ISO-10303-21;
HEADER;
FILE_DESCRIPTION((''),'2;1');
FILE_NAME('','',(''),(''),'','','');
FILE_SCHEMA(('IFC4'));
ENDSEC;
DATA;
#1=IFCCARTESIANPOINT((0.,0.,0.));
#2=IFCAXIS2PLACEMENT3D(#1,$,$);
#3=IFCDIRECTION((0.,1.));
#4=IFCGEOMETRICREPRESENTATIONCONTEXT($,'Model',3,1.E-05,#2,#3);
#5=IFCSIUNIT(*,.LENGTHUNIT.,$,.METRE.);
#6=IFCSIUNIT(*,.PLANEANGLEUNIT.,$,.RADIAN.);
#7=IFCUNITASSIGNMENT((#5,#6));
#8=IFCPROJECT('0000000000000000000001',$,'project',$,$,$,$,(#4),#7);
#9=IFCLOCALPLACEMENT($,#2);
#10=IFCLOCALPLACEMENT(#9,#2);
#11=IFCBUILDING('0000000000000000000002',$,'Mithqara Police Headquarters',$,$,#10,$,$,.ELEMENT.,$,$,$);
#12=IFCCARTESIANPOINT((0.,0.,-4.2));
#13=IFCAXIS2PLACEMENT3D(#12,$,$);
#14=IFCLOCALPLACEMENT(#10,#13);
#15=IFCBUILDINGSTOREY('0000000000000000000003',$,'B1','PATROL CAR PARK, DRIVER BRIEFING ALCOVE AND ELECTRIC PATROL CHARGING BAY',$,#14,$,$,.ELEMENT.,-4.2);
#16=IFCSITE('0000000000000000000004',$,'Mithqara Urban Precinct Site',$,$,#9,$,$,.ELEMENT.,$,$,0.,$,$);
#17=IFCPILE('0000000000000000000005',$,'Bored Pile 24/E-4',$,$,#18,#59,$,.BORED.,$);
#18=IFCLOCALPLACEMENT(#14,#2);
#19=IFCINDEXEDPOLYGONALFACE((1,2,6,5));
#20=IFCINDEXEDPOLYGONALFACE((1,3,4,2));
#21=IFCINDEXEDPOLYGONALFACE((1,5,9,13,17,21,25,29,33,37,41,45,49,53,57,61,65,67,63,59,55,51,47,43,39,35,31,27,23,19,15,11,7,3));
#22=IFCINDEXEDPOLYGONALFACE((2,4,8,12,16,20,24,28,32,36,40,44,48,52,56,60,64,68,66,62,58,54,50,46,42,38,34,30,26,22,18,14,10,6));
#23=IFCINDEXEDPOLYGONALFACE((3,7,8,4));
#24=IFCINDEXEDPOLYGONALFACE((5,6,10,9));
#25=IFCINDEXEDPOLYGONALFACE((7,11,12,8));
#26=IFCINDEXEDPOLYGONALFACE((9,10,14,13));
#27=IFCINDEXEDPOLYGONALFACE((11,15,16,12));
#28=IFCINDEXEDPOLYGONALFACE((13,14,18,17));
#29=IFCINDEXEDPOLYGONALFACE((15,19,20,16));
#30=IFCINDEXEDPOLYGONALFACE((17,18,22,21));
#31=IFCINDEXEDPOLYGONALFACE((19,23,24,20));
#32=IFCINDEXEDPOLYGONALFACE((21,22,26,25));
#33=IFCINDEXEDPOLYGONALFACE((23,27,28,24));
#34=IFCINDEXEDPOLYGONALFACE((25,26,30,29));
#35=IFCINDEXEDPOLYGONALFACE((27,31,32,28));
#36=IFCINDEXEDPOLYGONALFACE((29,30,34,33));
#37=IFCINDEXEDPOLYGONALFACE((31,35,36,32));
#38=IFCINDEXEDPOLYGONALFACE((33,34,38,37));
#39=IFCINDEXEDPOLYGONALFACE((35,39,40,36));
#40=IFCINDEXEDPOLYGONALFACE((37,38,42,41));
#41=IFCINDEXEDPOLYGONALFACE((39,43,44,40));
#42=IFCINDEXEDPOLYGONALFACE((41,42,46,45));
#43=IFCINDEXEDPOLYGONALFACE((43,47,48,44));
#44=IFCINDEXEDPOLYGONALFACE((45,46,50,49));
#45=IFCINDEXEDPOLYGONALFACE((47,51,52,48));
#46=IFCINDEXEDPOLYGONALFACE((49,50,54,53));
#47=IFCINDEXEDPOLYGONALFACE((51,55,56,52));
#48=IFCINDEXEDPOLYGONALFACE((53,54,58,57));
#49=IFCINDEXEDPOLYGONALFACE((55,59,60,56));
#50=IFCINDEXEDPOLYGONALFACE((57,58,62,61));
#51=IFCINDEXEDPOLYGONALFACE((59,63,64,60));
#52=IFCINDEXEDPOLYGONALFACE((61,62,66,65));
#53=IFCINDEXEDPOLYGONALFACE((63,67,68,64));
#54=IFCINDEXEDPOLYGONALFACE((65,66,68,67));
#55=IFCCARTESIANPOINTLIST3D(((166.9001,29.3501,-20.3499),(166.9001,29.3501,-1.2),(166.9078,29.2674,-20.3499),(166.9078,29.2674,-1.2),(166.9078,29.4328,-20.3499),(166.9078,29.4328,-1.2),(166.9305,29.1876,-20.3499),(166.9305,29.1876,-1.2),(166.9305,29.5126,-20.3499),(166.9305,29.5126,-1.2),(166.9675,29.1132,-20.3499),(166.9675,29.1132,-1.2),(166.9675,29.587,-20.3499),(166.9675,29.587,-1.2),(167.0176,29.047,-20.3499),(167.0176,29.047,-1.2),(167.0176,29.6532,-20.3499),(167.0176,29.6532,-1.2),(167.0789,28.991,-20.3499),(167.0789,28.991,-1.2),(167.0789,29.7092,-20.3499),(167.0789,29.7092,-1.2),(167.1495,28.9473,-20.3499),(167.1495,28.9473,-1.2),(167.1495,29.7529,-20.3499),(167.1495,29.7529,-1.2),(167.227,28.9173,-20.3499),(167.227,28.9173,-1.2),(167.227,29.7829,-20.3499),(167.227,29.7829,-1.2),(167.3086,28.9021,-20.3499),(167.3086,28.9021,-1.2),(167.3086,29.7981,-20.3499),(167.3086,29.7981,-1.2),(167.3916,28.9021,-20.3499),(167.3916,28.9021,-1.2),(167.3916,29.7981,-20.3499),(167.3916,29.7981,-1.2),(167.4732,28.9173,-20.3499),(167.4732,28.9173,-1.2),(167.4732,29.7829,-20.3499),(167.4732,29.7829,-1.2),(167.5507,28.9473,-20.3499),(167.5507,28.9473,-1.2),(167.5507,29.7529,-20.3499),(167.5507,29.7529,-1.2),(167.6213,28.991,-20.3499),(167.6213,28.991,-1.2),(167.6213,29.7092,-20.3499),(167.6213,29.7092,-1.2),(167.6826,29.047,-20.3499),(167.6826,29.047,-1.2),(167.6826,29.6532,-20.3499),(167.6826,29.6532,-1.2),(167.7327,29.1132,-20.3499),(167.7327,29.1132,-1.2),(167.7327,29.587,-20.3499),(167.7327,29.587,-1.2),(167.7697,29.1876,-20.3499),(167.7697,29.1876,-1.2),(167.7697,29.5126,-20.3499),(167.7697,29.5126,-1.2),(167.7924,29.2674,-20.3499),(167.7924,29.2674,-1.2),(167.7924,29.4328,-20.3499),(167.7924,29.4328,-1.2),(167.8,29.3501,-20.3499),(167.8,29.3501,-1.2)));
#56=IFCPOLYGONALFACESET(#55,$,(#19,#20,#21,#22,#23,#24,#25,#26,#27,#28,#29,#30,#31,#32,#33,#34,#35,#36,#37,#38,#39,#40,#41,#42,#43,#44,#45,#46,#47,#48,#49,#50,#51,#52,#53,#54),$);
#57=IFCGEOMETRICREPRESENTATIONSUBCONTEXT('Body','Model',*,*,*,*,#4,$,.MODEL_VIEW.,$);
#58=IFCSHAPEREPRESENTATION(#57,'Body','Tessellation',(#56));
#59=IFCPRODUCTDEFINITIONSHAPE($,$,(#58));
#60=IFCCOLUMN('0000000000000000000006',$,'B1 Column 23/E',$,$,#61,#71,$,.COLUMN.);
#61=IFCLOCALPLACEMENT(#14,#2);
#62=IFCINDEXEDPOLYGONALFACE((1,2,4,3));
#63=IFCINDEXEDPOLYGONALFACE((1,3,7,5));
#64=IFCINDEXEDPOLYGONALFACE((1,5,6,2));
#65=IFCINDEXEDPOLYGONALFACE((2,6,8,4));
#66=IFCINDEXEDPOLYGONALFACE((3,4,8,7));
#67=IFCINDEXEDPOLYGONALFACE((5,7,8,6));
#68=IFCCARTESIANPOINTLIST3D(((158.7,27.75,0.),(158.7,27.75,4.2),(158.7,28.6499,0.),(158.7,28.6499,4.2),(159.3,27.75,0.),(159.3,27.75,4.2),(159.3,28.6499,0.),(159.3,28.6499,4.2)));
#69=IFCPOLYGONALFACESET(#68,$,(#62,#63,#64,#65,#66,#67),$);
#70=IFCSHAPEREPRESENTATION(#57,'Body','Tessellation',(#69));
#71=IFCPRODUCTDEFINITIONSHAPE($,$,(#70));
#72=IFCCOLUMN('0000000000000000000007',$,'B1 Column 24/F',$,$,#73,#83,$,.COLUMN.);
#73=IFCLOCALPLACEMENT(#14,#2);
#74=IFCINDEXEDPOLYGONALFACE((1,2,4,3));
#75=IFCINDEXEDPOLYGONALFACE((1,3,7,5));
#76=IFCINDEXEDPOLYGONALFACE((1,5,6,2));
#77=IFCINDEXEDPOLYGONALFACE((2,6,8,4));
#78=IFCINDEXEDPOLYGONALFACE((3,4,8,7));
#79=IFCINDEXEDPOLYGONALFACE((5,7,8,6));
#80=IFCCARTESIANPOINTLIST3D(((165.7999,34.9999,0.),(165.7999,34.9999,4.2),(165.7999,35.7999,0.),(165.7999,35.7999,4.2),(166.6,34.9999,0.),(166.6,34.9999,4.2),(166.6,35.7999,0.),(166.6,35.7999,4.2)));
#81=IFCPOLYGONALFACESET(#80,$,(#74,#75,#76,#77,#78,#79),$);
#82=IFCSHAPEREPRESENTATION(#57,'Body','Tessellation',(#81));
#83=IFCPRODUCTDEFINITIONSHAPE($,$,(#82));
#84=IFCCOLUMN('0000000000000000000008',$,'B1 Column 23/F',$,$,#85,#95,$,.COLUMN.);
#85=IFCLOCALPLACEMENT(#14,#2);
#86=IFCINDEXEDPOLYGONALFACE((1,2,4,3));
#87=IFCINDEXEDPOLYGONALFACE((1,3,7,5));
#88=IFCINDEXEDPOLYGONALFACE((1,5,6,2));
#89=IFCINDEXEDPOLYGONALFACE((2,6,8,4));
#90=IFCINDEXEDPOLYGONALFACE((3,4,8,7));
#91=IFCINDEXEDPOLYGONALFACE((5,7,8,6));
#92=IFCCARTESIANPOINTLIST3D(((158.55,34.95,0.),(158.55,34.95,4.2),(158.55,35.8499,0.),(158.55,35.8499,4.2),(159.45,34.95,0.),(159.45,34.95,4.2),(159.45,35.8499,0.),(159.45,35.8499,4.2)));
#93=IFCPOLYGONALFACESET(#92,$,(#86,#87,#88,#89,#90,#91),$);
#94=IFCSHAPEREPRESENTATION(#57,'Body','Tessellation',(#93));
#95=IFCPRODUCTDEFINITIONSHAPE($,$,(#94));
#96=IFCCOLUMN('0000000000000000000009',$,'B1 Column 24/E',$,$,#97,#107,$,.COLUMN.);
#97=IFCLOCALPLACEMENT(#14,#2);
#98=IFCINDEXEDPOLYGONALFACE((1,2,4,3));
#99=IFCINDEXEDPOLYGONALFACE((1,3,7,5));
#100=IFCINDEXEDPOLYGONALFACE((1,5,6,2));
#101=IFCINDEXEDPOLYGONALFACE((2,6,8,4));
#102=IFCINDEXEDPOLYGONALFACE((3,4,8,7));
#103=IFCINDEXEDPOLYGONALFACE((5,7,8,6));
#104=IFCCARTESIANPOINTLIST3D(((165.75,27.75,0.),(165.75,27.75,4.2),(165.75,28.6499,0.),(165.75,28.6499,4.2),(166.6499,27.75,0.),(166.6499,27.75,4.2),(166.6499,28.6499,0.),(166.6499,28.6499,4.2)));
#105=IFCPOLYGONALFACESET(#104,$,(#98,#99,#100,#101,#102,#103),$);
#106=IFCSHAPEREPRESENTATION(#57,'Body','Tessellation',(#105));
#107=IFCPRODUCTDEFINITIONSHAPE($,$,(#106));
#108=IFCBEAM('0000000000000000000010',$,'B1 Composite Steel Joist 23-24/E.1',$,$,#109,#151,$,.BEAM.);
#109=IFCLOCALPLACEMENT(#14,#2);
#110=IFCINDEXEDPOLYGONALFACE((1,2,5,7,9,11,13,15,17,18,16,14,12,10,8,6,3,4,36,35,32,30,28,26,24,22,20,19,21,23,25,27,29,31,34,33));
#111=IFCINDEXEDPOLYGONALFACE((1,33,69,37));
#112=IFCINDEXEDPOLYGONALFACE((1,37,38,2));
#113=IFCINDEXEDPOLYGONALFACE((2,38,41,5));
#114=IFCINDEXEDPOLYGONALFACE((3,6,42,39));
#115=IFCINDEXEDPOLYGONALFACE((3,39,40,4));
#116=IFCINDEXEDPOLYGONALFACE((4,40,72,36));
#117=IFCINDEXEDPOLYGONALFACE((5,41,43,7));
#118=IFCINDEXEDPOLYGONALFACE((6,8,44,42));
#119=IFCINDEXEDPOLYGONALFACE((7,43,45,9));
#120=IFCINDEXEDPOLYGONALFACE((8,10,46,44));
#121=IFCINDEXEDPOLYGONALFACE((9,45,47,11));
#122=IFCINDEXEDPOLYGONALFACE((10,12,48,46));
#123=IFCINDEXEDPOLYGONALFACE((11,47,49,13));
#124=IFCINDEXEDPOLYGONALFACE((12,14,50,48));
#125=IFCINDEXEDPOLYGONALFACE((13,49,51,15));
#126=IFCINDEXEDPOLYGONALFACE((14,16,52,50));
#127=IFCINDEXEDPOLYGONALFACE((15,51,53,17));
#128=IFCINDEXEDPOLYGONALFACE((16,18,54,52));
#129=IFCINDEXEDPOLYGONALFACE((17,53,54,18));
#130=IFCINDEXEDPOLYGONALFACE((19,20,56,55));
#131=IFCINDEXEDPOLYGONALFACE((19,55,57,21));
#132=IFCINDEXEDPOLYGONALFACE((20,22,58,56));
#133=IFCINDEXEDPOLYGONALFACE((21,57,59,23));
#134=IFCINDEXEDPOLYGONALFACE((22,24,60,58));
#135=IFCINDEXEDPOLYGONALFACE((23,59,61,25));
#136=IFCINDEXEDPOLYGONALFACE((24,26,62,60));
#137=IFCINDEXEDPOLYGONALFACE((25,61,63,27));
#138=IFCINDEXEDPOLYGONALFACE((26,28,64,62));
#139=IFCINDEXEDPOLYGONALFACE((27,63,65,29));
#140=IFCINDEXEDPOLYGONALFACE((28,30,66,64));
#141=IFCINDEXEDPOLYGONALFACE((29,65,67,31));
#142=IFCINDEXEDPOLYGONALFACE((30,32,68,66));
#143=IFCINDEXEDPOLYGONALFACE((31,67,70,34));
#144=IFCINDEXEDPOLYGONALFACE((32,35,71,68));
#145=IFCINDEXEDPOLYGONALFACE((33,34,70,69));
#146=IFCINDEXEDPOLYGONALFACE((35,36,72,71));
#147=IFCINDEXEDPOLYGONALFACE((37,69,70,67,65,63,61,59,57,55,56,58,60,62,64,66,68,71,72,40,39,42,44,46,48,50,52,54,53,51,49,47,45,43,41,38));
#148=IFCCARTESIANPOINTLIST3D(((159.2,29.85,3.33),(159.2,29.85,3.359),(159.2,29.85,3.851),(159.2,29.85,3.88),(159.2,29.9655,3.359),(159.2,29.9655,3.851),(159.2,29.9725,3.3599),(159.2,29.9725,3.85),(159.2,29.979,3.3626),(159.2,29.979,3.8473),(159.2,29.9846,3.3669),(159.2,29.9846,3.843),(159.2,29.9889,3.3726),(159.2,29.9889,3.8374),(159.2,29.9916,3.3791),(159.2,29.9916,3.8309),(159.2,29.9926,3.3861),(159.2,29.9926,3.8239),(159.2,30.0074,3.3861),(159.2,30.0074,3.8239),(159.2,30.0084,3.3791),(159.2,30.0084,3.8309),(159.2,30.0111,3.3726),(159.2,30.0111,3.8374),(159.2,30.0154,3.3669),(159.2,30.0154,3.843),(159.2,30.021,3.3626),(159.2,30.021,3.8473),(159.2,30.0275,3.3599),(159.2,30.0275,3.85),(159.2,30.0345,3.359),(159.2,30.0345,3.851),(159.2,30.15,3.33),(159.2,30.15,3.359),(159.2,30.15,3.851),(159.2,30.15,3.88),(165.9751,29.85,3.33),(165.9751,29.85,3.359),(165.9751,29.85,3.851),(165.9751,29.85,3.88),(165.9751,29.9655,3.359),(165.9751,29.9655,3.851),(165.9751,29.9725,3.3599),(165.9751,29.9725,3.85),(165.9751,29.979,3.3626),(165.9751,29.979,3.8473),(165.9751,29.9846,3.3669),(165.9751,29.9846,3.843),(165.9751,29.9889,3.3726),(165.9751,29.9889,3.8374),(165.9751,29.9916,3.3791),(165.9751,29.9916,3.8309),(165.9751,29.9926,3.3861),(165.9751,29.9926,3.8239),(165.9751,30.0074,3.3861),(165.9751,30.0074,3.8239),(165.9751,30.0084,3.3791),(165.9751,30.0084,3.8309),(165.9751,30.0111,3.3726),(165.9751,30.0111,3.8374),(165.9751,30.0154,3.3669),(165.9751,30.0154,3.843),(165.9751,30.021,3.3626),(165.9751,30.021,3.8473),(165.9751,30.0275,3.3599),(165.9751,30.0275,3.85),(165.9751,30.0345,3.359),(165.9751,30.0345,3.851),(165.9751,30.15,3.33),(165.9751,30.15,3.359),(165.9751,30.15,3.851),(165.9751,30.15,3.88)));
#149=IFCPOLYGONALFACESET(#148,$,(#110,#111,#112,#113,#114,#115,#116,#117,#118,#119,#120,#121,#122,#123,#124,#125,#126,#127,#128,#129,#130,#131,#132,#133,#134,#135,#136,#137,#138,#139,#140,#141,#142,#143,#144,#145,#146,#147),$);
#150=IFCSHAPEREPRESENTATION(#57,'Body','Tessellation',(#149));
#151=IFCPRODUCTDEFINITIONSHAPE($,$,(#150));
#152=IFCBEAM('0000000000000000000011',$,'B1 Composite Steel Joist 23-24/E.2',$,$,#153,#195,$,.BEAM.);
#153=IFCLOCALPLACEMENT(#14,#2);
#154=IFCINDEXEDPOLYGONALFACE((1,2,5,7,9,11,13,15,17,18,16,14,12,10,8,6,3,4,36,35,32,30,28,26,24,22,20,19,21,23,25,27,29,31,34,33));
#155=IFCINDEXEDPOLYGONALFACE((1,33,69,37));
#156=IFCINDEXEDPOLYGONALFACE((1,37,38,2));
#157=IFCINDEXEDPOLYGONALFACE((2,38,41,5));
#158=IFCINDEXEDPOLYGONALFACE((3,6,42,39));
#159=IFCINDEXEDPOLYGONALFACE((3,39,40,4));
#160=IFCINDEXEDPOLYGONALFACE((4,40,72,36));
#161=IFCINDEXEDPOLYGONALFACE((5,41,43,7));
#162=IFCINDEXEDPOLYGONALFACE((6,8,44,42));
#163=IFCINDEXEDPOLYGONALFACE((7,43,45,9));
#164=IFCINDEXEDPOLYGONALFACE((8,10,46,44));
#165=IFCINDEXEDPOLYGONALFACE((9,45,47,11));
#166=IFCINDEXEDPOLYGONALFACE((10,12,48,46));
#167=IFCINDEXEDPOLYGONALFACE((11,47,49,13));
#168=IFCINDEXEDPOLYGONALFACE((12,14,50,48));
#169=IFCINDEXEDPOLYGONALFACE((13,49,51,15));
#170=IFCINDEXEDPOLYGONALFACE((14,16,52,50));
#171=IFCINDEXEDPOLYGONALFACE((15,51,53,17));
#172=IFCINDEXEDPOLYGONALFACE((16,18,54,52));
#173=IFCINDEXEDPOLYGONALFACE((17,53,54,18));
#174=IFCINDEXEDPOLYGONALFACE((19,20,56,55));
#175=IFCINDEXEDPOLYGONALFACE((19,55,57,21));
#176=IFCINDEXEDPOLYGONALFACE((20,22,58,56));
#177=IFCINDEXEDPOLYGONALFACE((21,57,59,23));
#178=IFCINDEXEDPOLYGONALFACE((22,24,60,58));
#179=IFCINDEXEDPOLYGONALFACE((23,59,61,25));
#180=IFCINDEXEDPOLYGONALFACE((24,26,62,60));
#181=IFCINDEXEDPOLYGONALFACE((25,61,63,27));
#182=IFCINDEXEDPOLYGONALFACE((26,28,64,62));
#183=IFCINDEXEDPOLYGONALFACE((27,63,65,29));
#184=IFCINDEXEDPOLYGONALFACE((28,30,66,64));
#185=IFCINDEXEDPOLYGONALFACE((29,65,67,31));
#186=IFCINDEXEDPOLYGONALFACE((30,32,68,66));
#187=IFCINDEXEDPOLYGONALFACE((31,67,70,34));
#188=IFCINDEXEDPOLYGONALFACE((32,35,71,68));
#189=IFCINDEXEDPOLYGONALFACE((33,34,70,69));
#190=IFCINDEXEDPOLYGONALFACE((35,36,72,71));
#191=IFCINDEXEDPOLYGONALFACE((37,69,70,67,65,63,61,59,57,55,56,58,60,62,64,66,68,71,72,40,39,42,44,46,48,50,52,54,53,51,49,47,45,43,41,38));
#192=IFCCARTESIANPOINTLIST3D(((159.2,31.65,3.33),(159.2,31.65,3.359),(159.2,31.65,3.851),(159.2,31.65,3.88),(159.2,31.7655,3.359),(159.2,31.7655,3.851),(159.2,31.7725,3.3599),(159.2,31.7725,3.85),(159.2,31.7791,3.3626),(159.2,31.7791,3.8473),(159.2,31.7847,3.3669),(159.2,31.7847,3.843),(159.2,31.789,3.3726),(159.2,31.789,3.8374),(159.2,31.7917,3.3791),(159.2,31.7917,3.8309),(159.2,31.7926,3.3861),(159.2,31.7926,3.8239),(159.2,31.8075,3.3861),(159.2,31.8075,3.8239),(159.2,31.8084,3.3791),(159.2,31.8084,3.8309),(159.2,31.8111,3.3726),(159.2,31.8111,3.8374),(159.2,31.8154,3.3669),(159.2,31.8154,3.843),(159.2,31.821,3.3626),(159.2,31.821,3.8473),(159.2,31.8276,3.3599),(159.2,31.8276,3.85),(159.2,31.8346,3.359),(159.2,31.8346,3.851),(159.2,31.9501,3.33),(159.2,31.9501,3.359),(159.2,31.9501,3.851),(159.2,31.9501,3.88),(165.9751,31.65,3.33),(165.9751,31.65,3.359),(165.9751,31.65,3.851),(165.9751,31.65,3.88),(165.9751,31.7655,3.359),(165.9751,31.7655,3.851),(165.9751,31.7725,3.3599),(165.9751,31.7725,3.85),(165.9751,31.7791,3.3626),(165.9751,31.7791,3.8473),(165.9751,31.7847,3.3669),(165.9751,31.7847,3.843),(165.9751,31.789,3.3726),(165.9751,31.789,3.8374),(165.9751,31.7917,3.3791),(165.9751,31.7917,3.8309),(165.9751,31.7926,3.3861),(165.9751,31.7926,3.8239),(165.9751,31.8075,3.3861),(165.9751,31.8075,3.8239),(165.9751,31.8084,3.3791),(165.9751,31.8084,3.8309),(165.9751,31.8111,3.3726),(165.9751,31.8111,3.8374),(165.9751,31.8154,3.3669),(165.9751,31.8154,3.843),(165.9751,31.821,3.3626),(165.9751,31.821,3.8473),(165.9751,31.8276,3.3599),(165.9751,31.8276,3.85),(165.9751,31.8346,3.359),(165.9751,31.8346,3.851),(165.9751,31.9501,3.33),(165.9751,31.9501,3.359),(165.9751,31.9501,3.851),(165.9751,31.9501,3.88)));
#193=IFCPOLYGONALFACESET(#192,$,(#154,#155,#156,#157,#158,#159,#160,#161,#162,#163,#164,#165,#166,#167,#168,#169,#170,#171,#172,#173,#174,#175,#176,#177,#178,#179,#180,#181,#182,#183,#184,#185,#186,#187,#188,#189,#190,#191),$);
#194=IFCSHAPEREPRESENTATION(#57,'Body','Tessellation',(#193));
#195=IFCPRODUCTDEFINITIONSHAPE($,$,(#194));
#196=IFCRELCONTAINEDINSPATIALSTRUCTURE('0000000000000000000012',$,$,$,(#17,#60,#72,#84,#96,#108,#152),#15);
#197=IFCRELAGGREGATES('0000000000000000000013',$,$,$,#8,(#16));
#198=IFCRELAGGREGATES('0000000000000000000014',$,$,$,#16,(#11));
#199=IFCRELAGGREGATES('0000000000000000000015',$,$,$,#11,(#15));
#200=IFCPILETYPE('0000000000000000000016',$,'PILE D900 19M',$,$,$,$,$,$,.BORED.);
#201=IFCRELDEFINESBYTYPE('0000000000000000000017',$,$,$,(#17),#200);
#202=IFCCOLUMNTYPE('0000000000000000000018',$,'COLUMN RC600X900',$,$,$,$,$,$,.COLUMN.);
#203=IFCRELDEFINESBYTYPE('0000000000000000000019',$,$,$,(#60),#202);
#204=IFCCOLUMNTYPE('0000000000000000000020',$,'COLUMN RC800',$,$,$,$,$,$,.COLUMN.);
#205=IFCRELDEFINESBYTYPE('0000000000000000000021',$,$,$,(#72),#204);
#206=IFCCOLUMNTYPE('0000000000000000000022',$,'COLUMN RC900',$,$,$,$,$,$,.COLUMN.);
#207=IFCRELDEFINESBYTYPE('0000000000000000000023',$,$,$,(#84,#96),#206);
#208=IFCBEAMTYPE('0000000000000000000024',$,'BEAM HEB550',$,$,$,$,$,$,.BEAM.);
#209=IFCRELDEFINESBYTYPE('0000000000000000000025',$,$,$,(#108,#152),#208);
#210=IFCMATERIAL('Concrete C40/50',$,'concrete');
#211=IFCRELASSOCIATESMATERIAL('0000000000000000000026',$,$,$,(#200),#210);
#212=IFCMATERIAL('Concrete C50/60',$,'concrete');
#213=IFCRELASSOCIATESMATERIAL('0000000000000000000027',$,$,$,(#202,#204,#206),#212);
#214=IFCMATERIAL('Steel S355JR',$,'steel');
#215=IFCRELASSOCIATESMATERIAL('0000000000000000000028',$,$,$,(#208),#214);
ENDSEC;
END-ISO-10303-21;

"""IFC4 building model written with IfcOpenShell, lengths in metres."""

from ifc_helpers import new_model, si_unit, direction, frame, origin, origin_2d, place, context, subcontext, project, spatial, rectangle, circle, i_section, extrude, material, material_profile, profile_set, type_object, element, save


model = new_model("IFC4")

# Units and contexts
model_context = context("Model", 3, precision=1e-05, world=origin(), true_north=direction((0.0, 1.0)))
body_context = subcontext(model_context, "Body", "Model", "MODEL_VIEW")
ifc_project = project(units=[si_unit("LENGTHUNIT", "METRE"), si_unit("PLANEANGLEUNIT", "RADIAN")], contexts=[model_context])

# Site, building, storey
site_placement = place(None, origin())
site = spatial("IfcSite", under=ifc_project, at=site_placement, Name="Mithqara Urban Precinct Site", CompositionType="ELEMENT", RefElevation=0.0)
building_placement = place(site_placement, origin())
building = spatial("IfcBuilding", under=site, at=building_placement, Name="Mithqara Police Headquarters", CompositionType="ELEMENT")
storey_placement = place(building_placement, frame((0.0, 0.0, -4.2)))
storey = spatial("IfcBuildingStorey", under=building, at=storey_placement, Name="B1", Description="PATROL CAR PARK, DRIVER BRIEFING ALCOVE AND ELECTRIC PATROL CHARGING BAY", CompositionType="ELEMENT", Elevation=-4.2)

# Shared definitions
ifc_material_1 = material(Name="Concrete C40/50", Category="concrete")

# Pile
ifc_material_profile_1 = material_profile(ifc_material_1, circle(Radius=0.45, at=origin_2d()), Name="PILE D900")
ifc_profile_set_1 = profile_set([ifc_material_profile_1], Name="Concrete C40/50")
pile_type_1 = type_object("IfcPileType", Name="PILE D900 19M", PredefinedType="BORED", material=ifc_profile_set_1)
for number, where, z_axis, x_axis, name in (
    (1, (167.3501, 29.3501, -1.2), (0.0, 0.0, -1.0), (1.0, 0.0, 0.0), "Bored Pile 24/E-4"),
):
    element("IfcPile", number, at=place(storey_placement, frame(where, z_axis=z_axis, x_axis=x_axis)), inside=storey, type_object=pile_type_1, Name=name, PredefinedType="BORED", context=body_context, shape_type="SweptSolid", body=[
        extrude(circle(Radius=0.45, at=origin_2d()), origin(), (0.0, 0.0, 1.0), 19.1499),
    ])

# Columns
ifc_material_2 = material(Name="Concrete C50/60", Category="concrete")
ifc_material_profile_2 = material_profile(ifc_material_2, rectangle(XDim=0.6001, YDim=0.8999, at=origin_2d()), Name="RC 600x900")
ifc_profile_set_2 = profile_set([ifc_material_profile_2], Name="Concrete C50/60")
column_type_1 = type_object("IfcColumnType", Name="COLUMN RC600X900", PredefinedType="COLUMN", material=ifc_profile_set_2)
column_1_placement = place(storey_placement, frame((159.0, 28.2, 0.0), z_axis=(0.0, 0.0, 1.0), x_axis=(1.0, 0.0, 0.0)))
element("IfcColumn", 2, at=column_1_placement, inside=storey, type_object=column_type_1, Name="B1 Column 23/E", PredefinedType="COLUMN", context=body_context, shape_type="SweptSolid", body=[
    extrude(rectangle(XDim=0.6001, YDim=0.8999, at=origin_2d()), origin(), (0.0, 0.0, 1.0), 4.2),
])
ifc_material_profile_3 = material_profile(ifc_material_2, rectangle(XDim=0.8, YDim=0.8, at=origin_2d()), Name="RC 800x800")
ifc_profile_set_3 = profile_set([ifc_material_profile_3], Name="Concrete C50/60")
column_type_2 = type_object("IfcColumnType", Name="COLUMN RC800", PredefinedType="COLUMN", material=ifc_profile_set_3)
column_2_placement = place(storey_placement, frame((166.2, 35.3999, 0.0), z_axis=(0.0, 0.0, 1.0), x_axis=(1.0, 0.0, 0.0)))
element("IfcColumn", 3, at=column_2_placement, inside=storey, type_object=column_type_2, Name="B1 Column 24/F", PredefinedType="COLUMN", context=body_context, shape_type="SweptSolid", body=[
    extrude(rectangle(XDim=0.8, YDim=0.8, at=origin_2d()), origin(), (0.0, 0.0, 1.0), 4.2),
])
ifc_material_profile_4 = material_profile(ifc_material_2, rectangle(XDim=0.8999, YDim=0.8999, at=origin_2d()), Name="RC 900x900")
ifc_profile_set_4 = profile_set([ifc_material_profile_4], Name="Concrete C50/60")
column_type_3 = type_object("IfcColumnType", Name="COLUMN RC900", PredefinedType="COLUMN", material=ifc_profile_set_4)
for number, where, z_axis, x_axis, name in (
    (4, (159.0, 35.3999, 0.0), (0.0, 0.0, 1.0), (1.0, 0.0, 0.0), "B1 Column 23/F"),
    (5, (166.2, 28.2, 0.0), (0.0, 0.0, 1.0), (1.0, 0.0, 0.0), "B1 Column 24/E"),
):
    element("IfcColumn", number, at=place(storey_placement, frame(where, z_axis=z_axis, x_axis=x_axis)), inside=storey, type_object=column_type_3, Name=name, PredefinedType="COLUMN", context=body_context, shape_type="SweptSolid", body=[
        extrude(rectangle(XDim=0.8999, YDim=0.8999, at=origin_2d()), origin(), (0.0, 0.0, 1.0), 4.2),
    ])

# Beams
ifc_material_3 = material(Name="Steel S355JR", Category="steel")
ifc_material_profile_5 = material_profile(ifc_material_3, i_section(OverallWidth=0.3, OverallDepth=0.55, WebThickness=0.0149, FlangeThickness=0.0291, FilletRadius=0.0271, at=origin_2d()), Name="HEB 550")
ifc_profile_set_5 = profile_set([ifc_material_profile_5], Name="Steel S355JR")
beam_type_1 = type_object("IfcBeamType", Name="BEAM HEB550", PredefinedType="BEAM", material=ifc_profile_set_5)
for number, where, z_axis, x_axis, name in (
    (6, (159.2, 30.0, 3.605), (1.0, 0.0, 0.0), (0.0, 1.0, 0.0), "B1 Composite Steel Joist 23-24/E.1"),
    (7, (159.2, 31.8, 3.605), (1.0, 0.0, 0.0), (0.0, 1.0, 0.0), "B1 Composite Steel Joist 23-24/E.2"),
):
    element("IfcBeam", number, at=place(storey_placement, frame(where, z_axis=z_axis, x_axis=x_axis)), inside=storey, type_object=beam_type_1, Name=name, PredefinedType="BEAM", context=body_context, shape_type="SweptSolid", body=[
        extrude(i_section(OverallWidth=0.3, OverallDepth=0.55, WebThickness=0.0149, FlangeThickness=0.0291, FilletRadius=0.0271, at=origin_2d()), origin(), (0.0, 0.0, 1.0), 6.7751),
    ])

save(model, "model.ifc")
